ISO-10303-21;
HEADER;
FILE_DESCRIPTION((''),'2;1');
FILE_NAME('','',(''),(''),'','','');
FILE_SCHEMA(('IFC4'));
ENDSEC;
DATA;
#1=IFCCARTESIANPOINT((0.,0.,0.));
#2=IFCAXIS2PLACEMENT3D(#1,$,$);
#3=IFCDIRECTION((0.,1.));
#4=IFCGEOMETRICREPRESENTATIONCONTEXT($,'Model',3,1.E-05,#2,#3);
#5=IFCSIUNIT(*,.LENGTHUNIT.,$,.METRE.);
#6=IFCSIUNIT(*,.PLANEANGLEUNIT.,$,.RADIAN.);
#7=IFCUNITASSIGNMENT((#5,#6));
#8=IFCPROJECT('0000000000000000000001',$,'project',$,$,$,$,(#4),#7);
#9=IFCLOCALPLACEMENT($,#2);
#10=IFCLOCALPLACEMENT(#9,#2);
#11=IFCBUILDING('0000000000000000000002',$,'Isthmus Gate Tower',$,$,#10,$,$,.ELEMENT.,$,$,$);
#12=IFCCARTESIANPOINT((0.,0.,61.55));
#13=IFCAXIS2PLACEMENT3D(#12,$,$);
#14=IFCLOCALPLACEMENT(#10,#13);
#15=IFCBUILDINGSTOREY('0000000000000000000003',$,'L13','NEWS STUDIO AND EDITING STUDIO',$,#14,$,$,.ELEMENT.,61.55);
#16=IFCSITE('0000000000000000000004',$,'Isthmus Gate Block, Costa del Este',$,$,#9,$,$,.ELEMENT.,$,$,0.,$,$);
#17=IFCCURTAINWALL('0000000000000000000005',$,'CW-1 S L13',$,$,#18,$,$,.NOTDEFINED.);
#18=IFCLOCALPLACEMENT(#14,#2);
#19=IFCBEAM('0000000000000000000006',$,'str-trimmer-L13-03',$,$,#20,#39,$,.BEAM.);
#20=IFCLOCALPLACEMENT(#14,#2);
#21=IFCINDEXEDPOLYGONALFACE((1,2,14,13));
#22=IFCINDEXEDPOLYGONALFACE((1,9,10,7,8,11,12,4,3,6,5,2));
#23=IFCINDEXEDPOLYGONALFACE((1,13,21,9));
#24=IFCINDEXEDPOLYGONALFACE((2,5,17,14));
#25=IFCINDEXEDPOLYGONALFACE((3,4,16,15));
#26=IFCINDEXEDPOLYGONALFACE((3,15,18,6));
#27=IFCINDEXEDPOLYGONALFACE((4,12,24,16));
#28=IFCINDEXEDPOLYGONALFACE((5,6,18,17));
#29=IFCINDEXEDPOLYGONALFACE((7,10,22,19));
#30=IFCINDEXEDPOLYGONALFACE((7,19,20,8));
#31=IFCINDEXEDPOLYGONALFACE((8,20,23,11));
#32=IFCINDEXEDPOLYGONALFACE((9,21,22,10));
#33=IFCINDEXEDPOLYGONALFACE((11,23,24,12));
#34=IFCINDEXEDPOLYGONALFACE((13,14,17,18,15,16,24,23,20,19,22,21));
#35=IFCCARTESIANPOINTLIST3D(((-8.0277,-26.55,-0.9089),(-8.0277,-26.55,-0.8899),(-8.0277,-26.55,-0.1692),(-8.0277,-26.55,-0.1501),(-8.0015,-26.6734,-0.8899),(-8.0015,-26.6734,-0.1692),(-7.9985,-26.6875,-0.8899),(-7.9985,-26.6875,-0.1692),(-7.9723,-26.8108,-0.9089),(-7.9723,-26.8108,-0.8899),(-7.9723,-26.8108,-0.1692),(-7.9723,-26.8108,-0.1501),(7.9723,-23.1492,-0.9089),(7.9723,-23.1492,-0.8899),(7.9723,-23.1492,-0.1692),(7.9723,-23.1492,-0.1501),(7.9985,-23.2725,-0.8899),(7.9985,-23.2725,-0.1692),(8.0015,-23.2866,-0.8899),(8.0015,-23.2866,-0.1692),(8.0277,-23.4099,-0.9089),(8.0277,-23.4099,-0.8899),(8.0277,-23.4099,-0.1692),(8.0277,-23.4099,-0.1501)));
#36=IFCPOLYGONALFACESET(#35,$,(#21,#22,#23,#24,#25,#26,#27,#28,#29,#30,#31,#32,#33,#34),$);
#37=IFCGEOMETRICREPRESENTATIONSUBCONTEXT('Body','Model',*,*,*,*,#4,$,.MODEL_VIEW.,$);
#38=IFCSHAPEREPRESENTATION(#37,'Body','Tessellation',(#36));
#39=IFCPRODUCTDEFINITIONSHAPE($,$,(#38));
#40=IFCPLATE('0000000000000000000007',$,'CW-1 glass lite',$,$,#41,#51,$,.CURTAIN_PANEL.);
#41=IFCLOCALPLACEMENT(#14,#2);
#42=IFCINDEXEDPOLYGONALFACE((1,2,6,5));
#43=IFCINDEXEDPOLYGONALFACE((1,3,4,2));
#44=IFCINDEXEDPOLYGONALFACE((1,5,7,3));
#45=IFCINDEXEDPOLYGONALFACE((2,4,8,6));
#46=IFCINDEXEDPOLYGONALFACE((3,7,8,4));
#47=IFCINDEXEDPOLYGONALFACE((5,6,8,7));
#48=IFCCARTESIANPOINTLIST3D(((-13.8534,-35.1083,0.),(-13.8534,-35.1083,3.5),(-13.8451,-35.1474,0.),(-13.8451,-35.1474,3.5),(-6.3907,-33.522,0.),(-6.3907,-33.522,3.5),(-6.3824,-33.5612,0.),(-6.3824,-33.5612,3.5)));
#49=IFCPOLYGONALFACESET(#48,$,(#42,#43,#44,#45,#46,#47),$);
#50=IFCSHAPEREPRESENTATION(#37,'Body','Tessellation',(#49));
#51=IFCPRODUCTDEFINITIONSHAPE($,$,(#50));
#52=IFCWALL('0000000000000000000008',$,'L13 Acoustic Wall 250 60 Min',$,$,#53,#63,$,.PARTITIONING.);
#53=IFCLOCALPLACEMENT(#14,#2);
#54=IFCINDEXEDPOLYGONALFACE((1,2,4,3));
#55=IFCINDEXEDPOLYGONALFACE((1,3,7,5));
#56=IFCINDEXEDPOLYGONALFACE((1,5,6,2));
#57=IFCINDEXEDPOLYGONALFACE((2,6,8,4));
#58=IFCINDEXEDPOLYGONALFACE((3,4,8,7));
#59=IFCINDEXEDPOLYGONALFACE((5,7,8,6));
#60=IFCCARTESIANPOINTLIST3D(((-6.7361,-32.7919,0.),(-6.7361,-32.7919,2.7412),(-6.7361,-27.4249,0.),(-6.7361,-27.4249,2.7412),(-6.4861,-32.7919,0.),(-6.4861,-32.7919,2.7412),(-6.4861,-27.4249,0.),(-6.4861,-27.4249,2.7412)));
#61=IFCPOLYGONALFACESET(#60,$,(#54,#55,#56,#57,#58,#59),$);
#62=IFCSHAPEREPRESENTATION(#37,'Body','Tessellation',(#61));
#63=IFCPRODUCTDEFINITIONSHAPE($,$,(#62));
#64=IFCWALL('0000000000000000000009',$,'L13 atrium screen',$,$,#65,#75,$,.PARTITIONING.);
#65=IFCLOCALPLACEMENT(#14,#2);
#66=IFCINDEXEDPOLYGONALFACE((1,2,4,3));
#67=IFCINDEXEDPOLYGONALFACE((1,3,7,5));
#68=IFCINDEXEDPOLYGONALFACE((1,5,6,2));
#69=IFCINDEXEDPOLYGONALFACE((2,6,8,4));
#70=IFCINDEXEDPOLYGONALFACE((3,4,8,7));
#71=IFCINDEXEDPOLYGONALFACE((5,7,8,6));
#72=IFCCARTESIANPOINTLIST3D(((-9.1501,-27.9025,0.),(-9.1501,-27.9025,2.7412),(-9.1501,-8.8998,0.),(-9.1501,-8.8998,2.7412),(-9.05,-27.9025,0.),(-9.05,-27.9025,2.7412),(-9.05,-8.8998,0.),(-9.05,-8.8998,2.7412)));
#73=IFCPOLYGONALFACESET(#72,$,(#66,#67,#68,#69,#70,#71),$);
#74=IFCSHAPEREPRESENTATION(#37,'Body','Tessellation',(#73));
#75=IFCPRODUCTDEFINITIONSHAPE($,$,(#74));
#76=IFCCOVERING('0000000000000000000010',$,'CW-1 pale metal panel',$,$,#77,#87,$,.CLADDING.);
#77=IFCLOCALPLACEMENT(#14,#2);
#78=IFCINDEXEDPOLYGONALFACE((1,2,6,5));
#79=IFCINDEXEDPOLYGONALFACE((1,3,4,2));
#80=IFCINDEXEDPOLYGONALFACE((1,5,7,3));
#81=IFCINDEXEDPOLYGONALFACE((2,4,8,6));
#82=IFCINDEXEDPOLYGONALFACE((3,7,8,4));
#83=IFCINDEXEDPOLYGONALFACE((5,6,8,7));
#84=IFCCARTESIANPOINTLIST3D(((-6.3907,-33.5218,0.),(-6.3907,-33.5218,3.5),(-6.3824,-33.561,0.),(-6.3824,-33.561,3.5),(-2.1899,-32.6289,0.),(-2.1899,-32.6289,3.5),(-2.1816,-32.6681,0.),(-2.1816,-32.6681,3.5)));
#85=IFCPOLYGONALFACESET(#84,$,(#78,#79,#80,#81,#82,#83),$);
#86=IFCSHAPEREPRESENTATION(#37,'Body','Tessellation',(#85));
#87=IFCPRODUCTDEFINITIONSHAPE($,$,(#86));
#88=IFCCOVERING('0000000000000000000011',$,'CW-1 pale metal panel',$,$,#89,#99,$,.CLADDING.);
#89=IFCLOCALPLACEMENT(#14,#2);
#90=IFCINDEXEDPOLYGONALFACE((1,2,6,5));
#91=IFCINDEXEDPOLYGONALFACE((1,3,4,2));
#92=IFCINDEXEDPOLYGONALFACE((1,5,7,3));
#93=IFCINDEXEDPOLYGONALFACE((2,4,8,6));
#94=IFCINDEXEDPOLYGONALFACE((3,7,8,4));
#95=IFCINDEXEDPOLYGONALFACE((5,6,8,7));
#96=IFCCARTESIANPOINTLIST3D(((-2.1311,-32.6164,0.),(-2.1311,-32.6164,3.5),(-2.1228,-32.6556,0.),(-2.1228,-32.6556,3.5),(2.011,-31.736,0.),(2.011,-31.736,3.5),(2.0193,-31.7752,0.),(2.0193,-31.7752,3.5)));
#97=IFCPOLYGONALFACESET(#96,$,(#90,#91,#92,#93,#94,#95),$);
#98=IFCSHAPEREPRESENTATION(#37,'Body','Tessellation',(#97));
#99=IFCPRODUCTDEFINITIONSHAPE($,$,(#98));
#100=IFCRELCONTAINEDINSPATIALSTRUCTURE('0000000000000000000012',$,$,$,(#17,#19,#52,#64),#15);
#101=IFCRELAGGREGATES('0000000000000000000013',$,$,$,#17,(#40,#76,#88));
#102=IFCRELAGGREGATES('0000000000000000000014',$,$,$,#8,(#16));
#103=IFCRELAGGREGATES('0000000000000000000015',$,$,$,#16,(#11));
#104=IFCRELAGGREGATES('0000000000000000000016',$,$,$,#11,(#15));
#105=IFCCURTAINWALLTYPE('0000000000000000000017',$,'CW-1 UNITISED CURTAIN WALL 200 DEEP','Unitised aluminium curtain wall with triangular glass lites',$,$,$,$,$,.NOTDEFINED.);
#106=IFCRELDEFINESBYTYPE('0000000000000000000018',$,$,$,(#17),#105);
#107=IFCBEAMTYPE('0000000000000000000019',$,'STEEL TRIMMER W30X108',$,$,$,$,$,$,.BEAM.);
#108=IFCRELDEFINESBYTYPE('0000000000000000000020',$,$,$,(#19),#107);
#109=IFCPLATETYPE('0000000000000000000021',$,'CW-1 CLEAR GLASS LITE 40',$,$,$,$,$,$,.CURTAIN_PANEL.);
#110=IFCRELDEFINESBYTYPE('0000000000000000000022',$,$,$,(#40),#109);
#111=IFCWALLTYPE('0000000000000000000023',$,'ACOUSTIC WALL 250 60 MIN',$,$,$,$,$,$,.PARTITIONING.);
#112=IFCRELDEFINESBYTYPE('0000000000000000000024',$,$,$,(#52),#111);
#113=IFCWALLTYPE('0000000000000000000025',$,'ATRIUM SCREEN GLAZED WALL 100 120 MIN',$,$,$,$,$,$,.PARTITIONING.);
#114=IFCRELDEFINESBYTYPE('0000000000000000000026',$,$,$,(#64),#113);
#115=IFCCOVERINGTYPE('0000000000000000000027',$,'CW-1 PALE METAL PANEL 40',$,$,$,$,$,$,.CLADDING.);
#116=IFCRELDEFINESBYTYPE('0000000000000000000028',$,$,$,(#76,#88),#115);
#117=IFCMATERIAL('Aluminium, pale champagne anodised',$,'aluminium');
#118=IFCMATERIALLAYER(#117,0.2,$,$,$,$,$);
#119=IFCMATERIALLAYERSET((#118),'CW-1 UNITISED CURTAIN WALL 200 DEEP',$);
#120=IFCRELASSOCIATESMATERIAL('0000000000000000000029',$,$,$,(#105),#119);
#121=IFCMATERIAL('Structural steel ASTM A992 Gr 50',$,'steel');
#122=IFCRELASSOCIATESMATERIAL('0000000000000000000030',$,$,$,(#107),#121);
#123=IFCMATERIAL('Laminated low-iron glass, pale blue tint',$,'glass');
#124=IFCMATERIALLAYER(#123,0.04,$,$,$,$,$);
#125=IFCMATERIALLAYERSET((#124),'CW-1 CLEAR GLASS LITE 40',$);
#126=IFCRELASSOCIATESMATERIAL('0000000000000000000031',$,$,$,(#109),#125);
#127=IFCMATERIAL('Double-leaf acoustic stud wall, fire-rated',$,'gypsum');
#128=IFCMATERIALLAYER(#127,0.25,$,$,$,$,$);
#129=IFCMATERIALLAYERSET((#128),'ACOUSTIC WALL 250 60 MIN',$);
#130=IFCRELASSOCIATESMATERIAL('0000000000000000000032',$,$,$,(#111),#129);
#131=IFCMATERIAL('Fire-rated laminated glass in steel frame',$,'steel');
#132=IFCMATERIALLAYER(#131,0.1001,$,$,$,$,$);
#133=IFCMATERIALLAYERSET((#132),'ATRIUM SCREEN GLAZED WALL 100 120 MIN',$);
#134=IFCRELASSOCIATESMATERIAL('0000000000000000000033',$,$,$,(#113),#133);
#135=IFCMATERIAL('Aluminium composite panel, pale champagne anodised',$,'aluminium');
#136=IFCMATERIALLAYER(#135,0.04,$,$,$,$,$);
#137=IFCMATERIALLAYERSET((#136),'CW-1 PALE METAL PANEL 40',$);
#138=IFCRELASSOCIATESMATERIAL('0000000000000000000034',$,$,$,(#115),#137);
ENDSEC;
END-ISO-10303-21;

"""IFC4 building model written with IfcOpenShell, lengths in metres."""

from ifc_helpers import new_model, si_unit, direction, frame, frame_2d, origin, origin_2d, place, context, subcontext, project, spatial, rectangle, i_section, extrude, material, layer, layer_set, material_profile, profile_set, type_object, element, aggregate, save


model = new_model("IFC4")

# Units and contexts
model_context = context("Model", 3, precision=1e-05, world=origin(), true_north=direction((0.0, 1.0)))
body_context = subcontext(model_context, "Body", "Model", "MODEL_VIEW")
ifc_project = project(units=[si_unit("LENGTHUNIT", "METRE"), si_unit("PLANEANGLEUNIT", "RADIAN")], contexts=[model_context])

# Site, building, storey
site_placement = place(None, origin())
site = spatial("IfcSite", under=ifc_project, at=site_placement, Name="Isthmus Gate Block, Costa del Este", CompositionType="ELEMENT", RefElevation=0.0)
building_placement = place(site_placement, origin())
building = spatial("IfcBuilding", under=site, at=building_placement, Name="Isthmus Gate Tower", CompositionType="ELEMENT")
storey_placement = place(building_placement, frame((0.0, 0.0, 61.55)))
storey = spatial("IfcBuildingStorey", under=building, at=storey_placement, Name="L13", Description="NEWS STUDIO AND EDITING STUDIO", CompositionType="ELEMENT", Elevation=61.55)

# Curtain wall
ifc_material_1 = material(Name="Aluminium, pale champagne anodised", Category="aluminium")
ifc_layer_1 = layer(ifc_material_1, 0.2)
ifc_layer_set_1 = layer_set([ifc_layer_1], Name="CW-1 UNITISED CURTAIN WALL 200 DEEP")
curtain_wall_type = type_object("IfcCurtainWallType", Name="CW-1 UNITISED CURTAIN WALL 200 DEEP", Description="Unitised aluminium curtain wall with triangular glass lites", PredefinedType="NOTDEFINED", material=ifc_layer_set_1)
curtain_wall_placement = place(storey_placement, origin())
curtain_wall = element("IfcCurtainWall", 1, at=curtain_wall_placement, inside=storey, type_object=curtain_wall_type, Name="CW-1 S L13", PredefinedType="NOTDEFINED")

# Beam
ifc_material_2 = material(Name="Structural steel ASTM A992 Gr 50", Category="steel")
ifc_material_profile_1 = material_profile(ifc_material_2, i_section(OverallWidth=0.2666, OverallDepth=0.7588, WebThickness=0.0144, FlangeThickness=0.019, at=origin_2d()), Name="W30X108")
ifc_profile_set_1 = profile_set([ifc_material_profile_1], Name="Structural steel ASTM A992 Gr 50")
beam_type_1 = type_object("IfcBeamType", Name="STEEL TRIMMER W30X108", PredefinedType="BEAM", material=ifc_profile_set_1)
beam_1_placement = place(storey_placement, frame((-8.0, -26.6804, -0.5295), z_axis=(0.978148, 0.20791, 0.0), x_axis=(-0.20791, 0.978148, 0.0)))
element("IfcBeam", 2, at=beam_1_placement, inside=storey, type_object=beam_type_1, Name="str-trimmer-L13-03", PredefinedType="BEAM", context=body_context, shape_type="SweptSolid", body=[
    extrude(i_section(OverallWidth=0.2666, OverallDepth=0.7588, WebThickness=0.0144, FlangeThickness=0.019, at=origin_2d()), origin(), (0.0, 0.0, 1.0), 16.3574),
])

# Plate
ifc_material_3 = material(Name="Laminated low-iron glass, pale blue tint", Category="glass")
ifc_layer_2 = layer(ifc_material_3, 0.04)
ifc_layer_set_2 = layer_set([ifc_layer_2], Name="CW-1 CLEAR GLASS LITE 40")
plate_type = type_object("IfcPlateType", Name="CW-1 CLEAR GLASS LITE 40", PredefinedType="CURTAIN_PANEL", material=ifc_layer_set_2)
plate_placement = place(storey_placement, frame((-10.1179, -34.3347, 0.0), z_axis=(0.0, 0.0, 1.0), x_axis=(0.978148, 0.207912, 0.0)))
plate = element("IfcPlate", 3, at=plate_placement, type_object=plate_type, Name="CW-1 glass lite", PredefinedType="CURTAIN_PANEL", context=body_context, shape_type="SweptSolid", body=[
    extrude(rectangle(XDim=7.6294, YDim=0.04, at=origin_2d()), origin(), (0.0, 0.0, 1.0), 3.5),
])

# Walls
ifc_material_4 = material(Name="Double-leaf acoustic stud wall, fire-rated", Category="gypsum")
ifc_layer_3 = layer(ifc_material_4, 0.25)
ifc_layer_set_3 = layer_set([ifc_layer_3], Name="ACOUSTIC WALL 250 60 MIN")
wall_type_1 = type_object("IfcWallType", Name="ACOUSTIC WALL 250 60 MIN", PredefinedType="PARTITIONING", material=ifc_layer_set_3)
wall_1_placement = place(storey_placement, frame((-6.6111, -32.792, 0.0), z_axis=(0.0, 0.0, 1.0), x_axis=(0.0, 1.0, 0.0)))
element("IfcWall", 4, at=wall_1_placement, inside=storey, type_object=wall_type_1, Name="L13 Acoustic Wall 250 60 Min", PredefinedType="PARTITIONING", context=body_context, shape_type="SweptSolid", body=[
    extrude(rectangle(XDim=5.3669, YDim=0.25, at=frame_2d((2.6836, 0.0))), origin(), (0.0, 0.0, 1.0), 2.7412),
])
ifc_material_5 = material(Name="Fire-rated laminated glass in steel frame", Category="steel")
ifc_layer_4 = layer(ifc_material_5, 0.1001)
ifc_layer_set_4 = layer_set([ifc_layer_4], Name="ATRIUM SCREEN GLAZED WALL 100 120 MIN")
wall_type_2 = type_object("IfcWallType", Name="ATRIUM SCREEN GLAZED WALL 100 120 MIN", PredefinedType="PARTITIONING", material=ifc_layer_set_4)
wall_2_placement = place(storey_placement, frame((-9.1001, -27.9026, 0.0), z_axis=(0.0, 0.0, 1.0), x_axis=(0.0, 1.0, 0.0)))
element("IfcWall", 5, at=wall_2_placement, inside=storey, type_object=wall_type_2, Name="L13 atrium screen", PredefinedType="PARTITIONING", context=body_context, shape_type="SweptSolid", body=[
    extrude(rectangle(XDim=19.0027, YDim=0.1001, at=frame_2d((9.5015, 0.0))), origin(), (0.0, 0.0, 1.0), 2.7412),
])

# Coverings
ifc_material_6 = material(Name="Aluminium composite panel, pale champagne anodised", Category="aluminium")
ifc_layer_5 = layer(ifc_material_6, 0.04)
ifc_layer_set_5 = layer_set([ifc_layer_5], Name="CW-1 PALE METAL PANEL 40")
covering_type = type_object("IfcCoveringType", Name="CW-1 PALE METAL PANEL 40", PredefinedType="CLADDING", material=ifc_layer_set_5)
covering_1_placement = place(storey_placement, frame((-4.2861, -33.095, 0.0), z_axis=(0.0, 0.0, 1.0), x_axis=(0.978148, 0.207912, 0.0)))
covering_1 = element("IfcCovering", 6, at=covering_1_placement, type_object=covering_type, Name="CW-1 pale metal panel", PredefinedType="CLADDING", context=body_context, shape_type="SweptSolid", body=[
    extrude(rectangle(XDim=4.2947, YDim=0.04, at=origin_2d()), origin(), (0.0, 0.0, 1.0), 3.5),
])
covering_2_placement = place(storey_placement, frame((-0.0559, -32.1958, 0.0), z_axis=(0.0, 0.0, 1.0), x_axis=(0.978148, 0.207912, 0.0)))
covering_2 = element("IfcCovering", 7, at=covering_2_placement, type_object=covering_type, Name="CW-1 pale metal panel", PredefinedType="CLADDING", context=body_context, shape_type="SweptSolid", body=[
    extrude(rectangle(XDim=4.2346, YDim=0.04, at=origin_2d()), origin(), (0.0, 0.0, 1.0), 3.5),
])
aggregate(curtain_wall, [plate, covering_1, covering_2])

save(model, "model.ifc")
